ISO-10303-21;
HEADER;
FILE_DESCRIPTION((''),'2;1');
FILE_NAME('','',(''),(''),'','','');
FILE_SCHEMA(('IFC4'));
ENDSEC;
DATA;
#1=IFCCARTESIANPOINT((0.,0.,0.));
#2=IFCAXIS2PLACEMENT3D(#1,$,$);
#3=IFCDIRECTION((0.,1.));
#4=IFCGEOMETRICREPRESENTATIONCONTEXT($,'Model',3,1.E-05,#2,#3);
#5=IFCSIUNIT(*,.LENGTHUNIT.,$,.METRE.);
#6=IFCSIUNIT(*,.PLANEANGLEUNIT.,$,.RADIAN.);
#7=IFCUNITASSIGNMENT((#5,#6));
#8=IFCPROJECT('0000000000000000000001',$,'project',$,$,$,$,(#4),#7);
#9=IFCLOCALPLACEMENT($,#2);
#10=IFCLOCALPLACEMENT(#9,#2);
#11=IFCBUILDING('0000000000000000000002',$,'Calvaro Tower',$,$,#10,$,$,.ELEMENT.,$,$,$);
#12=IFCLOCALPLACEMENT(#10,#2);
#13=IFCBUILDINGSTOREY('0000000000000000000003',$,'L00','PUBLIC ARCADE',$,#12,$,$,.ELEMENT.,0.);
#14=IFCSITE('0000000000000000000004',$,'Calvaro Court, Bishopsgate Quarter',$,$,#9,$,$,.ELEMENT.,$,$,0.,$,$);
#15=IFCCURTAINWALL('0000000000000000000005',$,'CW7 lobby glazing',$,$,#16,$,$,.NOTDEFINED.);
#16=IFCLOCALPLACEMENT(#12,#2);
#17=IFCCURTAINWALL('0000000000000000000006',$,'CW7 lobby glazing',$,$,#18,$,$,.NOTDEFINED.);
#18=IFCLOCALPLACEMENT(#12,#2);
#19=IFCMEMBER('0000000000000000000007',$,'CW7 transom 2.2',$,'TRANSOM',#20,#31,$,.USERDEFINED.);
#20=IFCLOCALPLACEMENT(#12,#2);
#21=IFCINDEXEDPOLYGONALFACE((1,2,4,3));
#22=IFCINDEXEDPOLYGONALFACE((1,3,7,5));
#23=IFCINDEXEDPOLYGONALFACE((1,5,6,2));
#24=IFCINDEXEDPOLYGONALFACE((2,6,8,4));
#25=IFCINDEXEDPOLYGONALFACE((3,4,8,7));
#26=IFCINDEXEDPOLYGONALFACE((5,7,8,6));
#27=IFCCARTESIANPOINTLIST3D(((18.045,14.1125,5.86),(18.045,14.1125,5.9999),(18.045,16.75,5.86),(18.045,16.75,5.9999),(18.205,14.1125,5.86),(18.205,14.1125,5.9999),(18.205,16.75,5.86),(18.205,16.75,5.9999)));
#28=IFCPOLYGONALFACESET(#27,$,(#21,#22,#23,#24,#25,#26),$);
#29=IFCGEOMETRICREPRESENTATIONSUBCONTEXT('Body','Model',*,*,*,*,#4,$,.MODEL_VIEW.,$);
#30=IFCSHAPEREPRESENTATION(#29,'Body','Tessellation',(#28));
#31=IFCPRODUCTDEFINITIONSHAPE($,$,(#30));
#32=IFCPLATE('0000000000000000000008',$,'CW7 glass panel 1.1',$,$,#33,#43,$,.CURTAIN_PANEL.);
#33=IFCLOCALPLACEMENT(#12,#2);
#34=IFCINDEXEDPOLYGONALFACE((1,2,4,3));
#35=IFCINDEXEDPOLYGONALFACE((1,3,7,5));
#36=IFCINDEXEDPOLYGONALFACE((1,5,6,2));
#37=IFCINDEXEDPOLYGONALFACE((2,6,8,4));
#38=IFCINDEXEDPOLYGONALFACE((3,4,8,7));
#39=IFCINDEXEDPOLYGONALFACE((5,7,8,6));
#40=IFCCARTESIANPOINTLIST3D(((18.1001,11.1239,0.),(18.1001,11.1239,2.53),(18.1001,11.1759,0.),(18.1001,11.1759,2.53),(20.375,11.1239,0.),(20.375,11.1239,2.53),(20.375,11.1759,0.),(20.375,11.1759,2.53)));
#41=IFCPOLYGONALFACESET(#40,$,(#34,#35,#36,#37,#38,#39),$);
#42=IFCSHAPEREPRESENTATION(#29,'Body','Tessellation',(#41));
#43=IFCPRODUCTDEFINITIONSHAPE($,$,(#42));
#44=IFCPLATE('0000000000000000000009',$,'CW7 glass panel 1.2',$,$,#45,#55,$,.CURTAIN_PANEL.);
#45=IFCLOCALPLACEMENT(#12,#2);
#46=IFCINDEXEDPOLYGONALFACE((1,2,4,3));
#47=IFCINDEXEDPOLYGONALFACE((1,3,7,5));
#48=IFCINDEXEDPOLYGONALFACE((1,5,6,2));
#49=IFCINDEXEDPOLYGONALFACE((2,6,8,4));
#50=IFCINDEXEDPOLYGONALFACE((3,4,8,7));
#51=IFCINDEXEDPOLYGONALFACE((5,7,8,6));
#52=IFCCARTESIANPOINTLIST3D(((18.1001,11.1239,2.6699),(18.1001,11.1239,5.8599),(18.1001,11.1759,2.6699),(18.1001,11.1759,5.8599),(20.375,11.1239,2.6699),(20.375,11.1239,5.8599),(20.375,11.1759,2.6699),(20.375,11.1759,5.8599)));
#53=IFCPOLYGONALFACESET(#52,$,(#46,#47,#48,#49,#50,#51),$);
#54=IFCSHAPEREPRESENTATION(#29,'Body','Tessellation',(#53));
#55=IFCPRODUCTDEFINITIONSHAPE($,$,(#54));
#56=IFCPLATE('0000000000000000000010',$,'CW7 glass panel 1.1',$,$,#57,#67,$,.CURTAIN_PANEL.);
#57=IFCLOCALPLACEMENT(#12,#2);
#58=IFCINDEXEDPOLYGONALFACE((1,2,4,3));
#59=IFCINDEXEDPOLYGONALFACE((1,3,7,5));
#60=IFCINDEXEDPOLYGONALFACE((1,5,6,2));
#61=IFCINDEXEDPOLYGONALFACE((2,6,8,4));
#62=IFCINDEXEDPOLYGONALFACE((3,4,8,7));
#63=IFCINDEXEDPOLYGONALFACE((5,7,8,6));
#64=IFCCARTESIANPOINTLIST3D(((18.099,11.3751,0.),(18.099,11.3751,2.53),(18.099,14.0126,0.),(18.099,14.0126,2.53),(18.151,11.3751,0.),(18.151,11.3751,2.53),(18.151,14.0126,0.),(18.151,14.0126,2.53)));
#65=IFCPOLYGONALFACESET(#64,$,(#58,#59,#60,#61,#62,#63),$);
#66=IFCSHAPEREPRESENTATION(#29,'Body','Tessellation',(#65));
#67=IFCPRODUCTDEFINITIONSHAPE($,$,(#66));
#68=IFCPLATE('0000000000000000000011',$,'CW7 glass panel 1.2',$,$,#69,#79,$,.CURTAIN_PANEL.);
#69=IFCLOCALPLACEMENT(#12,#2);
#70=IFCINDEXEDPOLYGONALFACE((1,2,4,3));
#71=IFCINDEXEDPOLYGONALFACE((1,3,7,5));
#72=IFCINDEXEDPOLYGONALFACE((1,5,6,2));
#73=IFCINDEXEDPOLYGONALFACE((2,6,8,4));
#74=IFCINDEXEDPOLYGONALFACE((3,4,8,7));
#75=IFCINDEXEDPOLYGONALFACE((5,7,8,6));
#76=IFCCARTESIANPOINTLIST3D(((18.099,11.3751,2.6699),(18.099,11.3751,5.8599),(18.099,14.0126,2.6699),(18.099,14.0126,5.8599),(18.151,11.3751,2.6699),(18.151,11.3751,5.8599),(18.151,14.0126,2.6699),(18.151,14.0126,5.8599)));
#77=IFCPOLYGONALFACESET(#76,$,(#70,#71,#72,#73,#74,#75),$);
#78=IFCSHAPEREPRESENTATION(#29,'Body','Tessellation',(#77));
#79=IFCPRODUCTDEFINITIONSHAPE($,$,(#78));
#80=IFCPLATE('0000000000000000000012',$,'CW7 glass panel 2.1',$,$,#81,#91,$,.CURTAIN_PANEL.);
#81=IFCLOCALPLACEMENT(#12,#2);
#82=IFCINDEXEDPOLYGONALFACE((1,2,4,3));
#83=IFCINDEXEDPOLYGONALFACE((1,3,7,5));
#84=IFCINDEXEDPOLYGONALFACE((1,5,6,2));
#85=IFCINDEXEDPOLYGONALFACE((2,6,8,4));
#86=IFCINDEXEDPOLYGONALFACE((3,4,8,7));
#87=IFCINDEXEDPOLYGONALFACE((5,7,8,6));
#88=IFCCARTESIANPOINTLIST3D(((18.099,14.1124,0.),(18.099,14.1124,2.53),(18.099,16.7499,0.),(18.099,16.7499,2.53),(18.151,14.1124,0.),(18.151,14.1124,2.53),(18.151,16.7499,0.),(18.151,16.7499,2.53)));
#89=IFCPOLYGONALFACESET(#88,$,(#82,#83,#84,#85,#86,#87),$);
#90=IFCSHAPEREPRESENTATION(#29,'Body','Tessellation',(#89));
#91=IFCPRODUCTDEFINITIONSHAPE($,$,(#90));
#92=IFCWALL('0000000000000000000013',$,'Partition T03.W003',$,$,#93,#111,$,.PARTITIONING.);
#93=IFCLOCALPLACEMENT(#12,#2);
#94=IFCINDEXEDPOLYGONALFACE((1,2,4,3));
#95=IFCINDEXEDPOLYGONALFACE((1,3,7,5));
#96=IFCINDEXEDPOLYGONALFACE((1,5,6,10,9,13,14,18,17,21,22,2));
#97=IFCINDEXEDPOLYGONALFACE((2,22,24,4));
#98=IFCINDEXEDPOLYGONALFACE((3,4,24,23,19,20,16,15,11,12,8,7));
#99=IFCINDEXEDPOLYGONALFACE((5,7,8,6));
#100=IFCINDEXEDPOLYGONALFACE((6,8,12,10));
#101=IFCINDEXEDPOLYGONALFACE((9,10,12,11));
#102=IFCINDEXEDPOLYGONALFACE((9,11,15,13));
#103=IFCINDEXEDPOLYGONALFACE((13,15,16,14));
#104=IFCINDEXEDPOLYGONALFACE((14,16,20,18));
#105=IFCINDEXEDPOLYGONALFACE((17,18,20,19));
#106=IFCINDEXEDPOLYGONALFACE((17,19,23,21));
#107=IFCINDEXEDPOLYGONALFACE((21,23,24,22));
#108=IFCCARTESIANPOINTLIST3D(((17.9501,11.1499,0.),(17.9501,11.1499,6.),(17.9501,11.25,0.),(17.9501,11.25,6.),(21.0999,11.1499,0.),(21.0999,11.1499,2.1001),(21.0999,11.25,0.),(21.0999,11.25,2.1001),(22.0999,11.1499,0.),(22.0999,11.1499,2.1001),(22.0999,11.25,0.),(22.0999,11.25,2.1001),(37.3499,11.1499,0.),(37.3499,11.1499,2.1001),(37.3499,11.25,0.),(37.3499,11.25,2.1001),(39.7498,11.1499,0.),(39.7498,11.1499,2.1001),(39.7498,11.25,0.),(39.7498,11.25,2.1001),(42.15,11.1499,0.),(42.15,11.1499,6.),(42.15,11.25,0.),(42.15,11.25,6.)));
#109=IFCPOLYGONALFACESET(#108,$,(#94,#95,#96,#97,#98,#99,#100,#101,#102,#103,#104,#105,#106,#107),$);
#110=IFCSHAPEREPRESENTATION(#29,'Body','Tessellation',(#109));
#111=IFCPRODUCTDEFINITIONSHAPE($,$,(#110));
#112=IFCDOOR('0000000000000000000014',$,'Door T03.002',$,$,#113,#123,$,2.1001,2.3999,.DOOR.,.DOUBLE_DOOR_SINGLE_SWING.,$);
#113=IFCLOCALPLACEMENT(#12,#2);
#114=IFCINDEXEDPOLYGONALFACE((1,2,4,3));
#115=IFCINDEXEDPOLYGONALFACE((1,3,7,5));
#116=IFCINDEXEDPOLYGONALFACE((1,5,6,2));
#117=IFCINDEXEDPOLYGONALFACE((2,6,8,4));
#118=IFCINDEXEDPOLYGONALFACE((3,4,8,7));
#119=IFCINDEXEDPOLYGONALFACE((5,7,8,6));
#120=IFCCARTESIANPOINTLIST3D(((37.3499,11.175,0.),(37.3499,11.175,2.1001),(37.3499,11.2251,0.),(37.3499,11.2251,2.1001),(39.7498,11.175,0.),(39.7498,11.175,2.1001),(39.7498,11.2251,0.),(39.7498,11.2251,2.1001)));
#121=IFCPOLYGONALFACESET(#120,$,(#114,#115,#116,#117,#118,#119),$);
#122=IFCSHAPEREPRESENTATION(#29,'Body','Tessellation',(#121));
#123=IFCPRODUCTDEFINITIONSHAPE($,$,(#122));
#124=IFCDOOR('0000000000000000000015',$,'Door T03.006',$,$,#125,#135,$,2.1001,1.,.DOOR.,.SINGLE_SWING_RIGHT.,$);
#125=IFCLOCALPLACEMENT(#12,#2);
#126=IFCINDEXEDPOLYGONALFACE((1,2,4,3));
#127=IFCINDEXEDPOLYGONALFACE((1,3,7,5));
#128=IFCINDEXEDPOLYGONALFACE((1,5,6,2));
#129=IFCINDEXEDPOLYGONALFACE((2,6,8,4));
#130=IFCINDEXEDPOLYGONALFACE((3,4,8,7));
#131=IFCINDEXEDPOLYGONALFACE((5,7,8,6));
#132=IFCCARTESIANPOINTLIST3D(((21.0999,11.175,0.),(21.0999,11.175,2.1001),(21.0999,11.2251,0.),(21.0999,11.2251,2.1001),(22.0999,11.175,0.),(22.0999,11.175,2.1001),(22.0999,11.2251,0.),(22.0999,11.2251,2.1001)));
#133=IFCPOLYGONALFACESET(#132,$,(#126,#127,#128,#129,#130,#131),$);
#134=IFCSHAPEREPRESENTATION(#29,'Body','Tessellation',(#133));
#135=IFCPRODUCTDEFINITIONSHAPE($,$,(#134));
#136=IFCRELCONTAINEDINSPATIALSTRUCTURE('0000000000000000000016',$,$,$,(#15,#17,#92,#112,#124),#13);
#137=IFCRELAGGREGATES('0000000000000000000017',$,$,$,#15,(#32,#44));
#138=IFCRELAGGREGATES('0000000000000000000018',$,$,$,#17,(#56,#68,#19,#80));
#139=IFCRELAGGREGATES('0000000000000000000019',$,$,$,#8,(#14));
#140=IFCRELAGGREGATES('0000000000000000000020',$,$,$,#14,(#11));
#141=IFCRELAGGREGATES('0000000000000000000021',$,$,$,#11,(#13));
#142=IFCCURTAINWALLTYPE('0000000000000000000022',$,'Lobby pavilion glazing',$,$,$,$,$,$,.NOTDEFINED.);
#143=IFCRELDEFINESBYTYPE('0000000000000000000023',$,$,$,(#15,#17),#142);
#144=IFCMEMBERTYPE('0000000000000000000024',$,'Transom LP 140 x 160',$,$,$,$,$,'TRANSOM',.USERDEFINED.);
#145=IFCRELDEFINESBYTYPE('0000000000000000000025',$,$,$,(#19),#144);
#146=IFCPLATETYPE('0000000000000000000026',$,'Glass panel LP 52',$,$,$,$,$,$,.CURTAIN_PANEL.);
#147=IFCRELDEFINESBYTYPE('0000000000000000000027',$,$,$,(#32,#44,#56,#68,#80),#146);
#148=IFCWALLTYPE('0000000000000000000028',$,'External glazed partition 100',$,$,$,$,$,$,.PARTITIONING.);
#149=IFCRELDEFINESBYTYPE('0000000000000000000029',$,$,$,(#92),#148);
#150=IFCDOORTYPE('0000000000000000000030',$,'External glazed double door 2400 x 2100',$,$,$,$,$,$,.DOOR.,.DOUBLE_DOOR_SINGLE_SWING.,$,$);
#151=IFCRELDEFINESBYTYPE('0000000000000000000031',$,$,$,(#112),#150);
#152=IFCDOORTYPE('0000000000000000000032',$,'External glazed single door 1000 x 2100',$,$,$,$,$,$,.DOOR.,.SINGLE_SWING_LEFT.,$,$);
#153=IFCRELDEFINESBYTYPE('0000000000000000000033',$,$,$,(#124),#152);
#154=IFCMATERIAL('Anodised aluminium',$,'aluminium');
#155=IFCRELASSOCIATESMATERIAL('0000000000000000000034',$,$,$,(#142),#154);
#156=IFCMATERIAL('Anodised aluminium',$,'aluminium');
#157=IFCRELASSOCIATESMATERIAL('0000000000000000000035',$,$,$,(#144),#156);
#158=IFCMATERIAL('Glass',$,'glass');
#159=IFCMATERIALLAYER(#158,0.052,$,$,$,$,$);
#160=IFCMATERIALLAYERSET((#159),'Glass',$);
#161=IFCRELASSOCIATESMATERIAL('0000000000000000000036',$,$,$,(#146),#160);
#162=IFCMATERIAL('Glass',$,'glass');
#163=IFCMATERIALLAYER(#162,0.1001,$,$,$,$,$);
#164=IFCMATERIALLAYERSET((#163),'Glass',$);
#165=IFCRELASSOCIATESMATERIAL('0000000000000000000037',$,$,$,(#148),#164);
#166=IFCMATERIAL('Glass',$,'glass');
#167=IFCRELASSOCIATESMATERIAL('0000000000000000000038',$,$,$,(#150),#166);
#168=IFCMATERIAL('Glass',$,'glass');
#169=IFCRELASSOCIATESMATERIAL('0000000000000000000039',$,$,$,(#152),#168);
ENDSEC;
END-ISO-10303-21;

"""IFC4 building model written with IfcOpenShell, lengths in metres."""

from ifc_helpers import new_model, si_unit, direction, frame, frame_2d, origin, origin_2d, place, context, subcontext, project, spatial, rectangle, extrude, material, layer, layer_set, material_profile, profile_set, type_object, element, fill, aggregate, save


model = new_model("IFC4")

# Units and contexts
model_context = context("Model", 3, precision=1e-05, world=origin(), true_north=direction((0.0, 1.0)))
body_context = subcontext(model_context, "Body", "Model", "MODEL_VIEW")
ifc_project = project(units=[si_unit("LENGTHUNIT", "METRE"), si_unit("PLANEANGLEUNIT", "RADIAN")], contexts=[model_context])

# Site, building, storey
site_placement = place(None, origin())
site = spatial("IfcSite", under=ifc_project, at=site_placement, Name="Calvaro Court, Bishopsgate Quarter", CompositionType="ELEMENT", RefElevation=0.0)
building_placement = place(site_placement, origin())
building = spatial("IfcBuilding", under=site, at=building_placement, Name="Calvaro Tower", CompositionType="ELEMENT")
storey_placement = place(building_placement, origin())
storey = spatial("IfcBuildingStorey", under=building, at=storey_placement, Name="L00", Description="PUBLIC ARCADE", CompositionType="ELEMENT", Elevation=0.0)

# Curtain walls
ifc_material_1 = material(Name="Anodised aluminium", Category="aluminium")
curtain_wall_type = type_object("IfcCurtainWallType", Name="Lobby pavilion glazing", PredefinedType="NOTDEFINED", material=ifc_material_1)
curtain_wall_1_placement = place(storey_placement, origin())
curtain_wall_1 = element("IfcCurtainWall", 1, at=curtain_wall_1_placement, inside=storey, type_object=curtain_wall_type, Name="CW7 lobby glazing", PredefinedType="NOTDEFINED")
curtain_wall_2_placement = place(storey_placement, origin())
curtain_wall_2 = element("IfcCurtainWall", 2, at=curtain_wall_2_placement, inside=storey, type_object=curtain_wall_type, Name="CW7 lobby glazing", PredefinedType="NOTDEFINED")

# Member
ifc_material_2 = material(Name="Anodised aluminium", Category="aluminium")
ifc_material_profile_1 = material_profile(ifc_material_2, rectangle(XDim=0.1599, YDim=0.1399, at=origin_2d()), Name="Transom LP 140 x 160")
ifc_profile_set_1 = profile_set([ifc_material_profile_1], Name="Anodised aluminium")
member_type_1 = type_object("IfcMemberType", Name="Transom LP 140 x 160", ElementType="TRANSOM", PredefinedType="USERDEFINED", material=ifc_profile_set_1)
member_1_placement = place(storey_placement, frame((18.125, 14.1125, 5.9299), z_axis=(0.0, 1.0, 0.0), x_axis=(-1.0, 0.0, 0.0)))
member_1 = element("IfcMember", 3, at=member_1_placement, type_object=member_type_1, Name="CW7 transom 2.2", ObjectType="TRANSOM", PredefinedType="USERDEFINED", context=body_context, shape_type="SweptSolid", body=[
    extrude(rectangle(XDim=0.1599, YDim=0.1399, at=origin_2d()), origin(), (0.0, 0.0, 1.0), 2.6375),
])

# Plates
ifc_material_3 = material(Name="Glass", Category="glass")
ifc_layer_1 = layer(ifc_material_3, 0.052)
ifc_layer_set_1 = layer_set([ifc_layer_1], Name="Glass")
plate_type = type_object("IfcPlateType", Name="Glass panel LP 52", PredefinedType="CURTAIN_PANEL", material=ifc_layer_set_1)
plate_1_placement = place(storey_placement, frame((19.2375, 11.1499, 0.0), z_axis=(0.0, 0.0, 1.0), x_axis=(1.0, 0.0, 0.0)))
plate_1 = element("IfcPlate", 4, at=plate_1_placement, type_object=plate_type, Name="CW7 glass panel 1.1", PredefinedType="CURTAIN_PANEL", context=body_context, shape_type="SweptSolid", body=[
    extrude(rectangle(XDim=2.2749, YDim=0.052, at=origin_2d()), origin(), (0.0, 0.0, 1.0), 2.53),
])
plate_2_placement = place(storey_placement, frame((19.2375, 11.1499, 2.6699), z_axis=(0.0, 0.0, 1.0), x_axis=(1.0, 0.0, 0.0)))
plate_2 = element("IfcPlate", 5, at=plate_2_placement, type_object=plate_type, Name="CW7 glass panel 1.2", PredefinedType="CURTAIN_PANEL", context=body_context, shape_type="SweptSolid", body=[
    extrude(rectangle(XDim=2.2749, YDim=0.052, at=origin_2d()), origin(), (0.0, 0.0, 1.0), 3.1899),
])
aggregate(curtain_wall_1, [plate_1, plate_2])
plate_3_placement = place(storey_placement, frame((18.125, 12.6938, 0.0), z_axis=(0.0, 0.0, 1.0), x_axis=(0.0, 1.0, 0.0)))
plate_3 = element("IfcPlate", 6, at=plate_3_placement, type_object=plate_type, Name="CW7 glass panel 1.1", PredefinedType="CURTAIN_PANEL", context=body_context, shape_type="SweptSolid", body=[
    extrude(rectangle(XDim=2.6375, YDim=0.052, at=origin_2d()), origin(), (0.0, 0.0, 1.0), 2.53),
])
plate_4_placement = place(storey_placement, frame((18.125, 12.6938, 2.6699), z_axis=(0.0, 0.0, 1.0), x_axis=(0.0, 1.0, 0.0)))
plate_4 = element("IfcPlate", 7, at=plate_4_placement, type_object=plate_type, Name="CW7 glass panel 1.2", PredefinedType="CURTAIN_PANEL", context=body_context, shape_type="SweptSolid", body=[
    extrude(rectangle(XDim=2.6375, YDim=0.052, at=origin_2d()), origin(), (0.0, 0.0, 1.0), 3.1899),
])
plate_5_placement = place(storey_placement, frame((18.125, 15.4312, 0.0), z_axis=(0.0, 0.0, 1.0), x_axis=(0.0, 1.0, 0.0)))
plate_5 = element("IfcPlate", 8, at=plate_5_placement, type_object=plate_type, Name="CW7 glass panel 2.1", PredefinedType="CURTAIN_PANEL", context=body_context, shape_type="SweptSolid", body=[
    extrude(rectangle(XDim=2.6375, YDim=0.052, at=origin_2d()), origin(), (0.0, 0.0, 1.0), 2.53),
])
aggregate(curtain_wall_2, [plate_3, plate_4, member_1, plate_5])

# Wall, openings, doors
ifc_material_4 = material(Name="Glass", Category="glass")
ifc_layer_2 = layer(ifc_material_4, 0.1001)
ifc_layer_set_2 = layer_set([ifc_layer_2], Name="Glass")
wall_type_1 = type_object("IfcWallType", Name="External glazed partition 100", PredefinedType="PARTITIONING", material=ifc_layer_set_2)
wall_1_placement = place(storey_placement, frame((17.95, 11.2, 0.0), z_axis=(0.0, 0.0, 1.0), x_axis=(1.0, 0.0, 0.0)))
wall_1 = element("IfcWall", 9, at=wall_1_placement, inside=storey, type_object=wall_type_1, Name="Partition T03.W003", PredefinedType="PARTITIONING", context=body_context, shape_type="SweptSolid", body=[
    extrude(rectangle(XDim=24.2, YDim=0.1001, at=frame_2d((12.1001, 0.0))), origin(), (0.0, 0.0, 1.0), 6.0),
])
opening_1_placement = place(wall_1_placement, frame((19.3999, 0.0, 0.0)))
opening_1 = element("IfcOpeningElement", 10, at=opening_1_placement, cuts=wall_1, PredefinedType="OPENING", context=body_context, shape_type="SweptSolid", body=[
    extrude(rectangle(XDim=2.3999, YDim=2.1001, at=frame_2d((1.2, 1.05))), frame((0.0, 0.0601, 0.0), z_axis=(0.0, -1.0, 0.0), x_axis=(1.0, 0.0, 0.0)), (0.0, 0.0, 1.0), 0.1201),
])
opening_2_placement = place(wall_1_placement, frame((3.1499, 0.0, 0.0)))
opening_2 = element("IfcOpeningElement", 11, at=opening_2_placement, cuts=wall_1, PredefinedType="OPENING", context=body_context, shape_type="SweptSolid", body=[
    extrude(rectangle(XDim=1.0, YDim=2.1001, at=frame_2d((0.5, 1.05))), frame((0.0, 0.0601, 0.0), z_axis=(0.0, -1.0, 0.0), x_axis=(1.0, 0.0, 0.0)), (0.0, 0.0, 1.0), 0.1201),
])
ifc_material_5 = material(Name="Glass", Category="glass")
door_type_1 = type_object("IfcDoorType", Name="External glazed double door 2400 x 2100", OperationType="DOUBLE_DOOR_SINGLE_SWING", PredefinedType="DOOR", material=ifc_material_5)
door_1_placement = place(opening_1_placement, frame((2.3999, 0.0, 0.0), z_axis=(0.0, 0.0, 1.0), x_axis=(-1.0, 0.0, 0.0)))
door_1 = element("IfcDoor", 12, at=door_1_placement, inside=storey, type_object=door_type_1, Name="Door T03.002", OperationType="DOUBLE_DOOR_SINGLE_SWING", OverallHeight=2.1001, OverallWidth=2.3999, PredefinedType="DOOR", context=body_context, shape_type="SweptSolid", body=[
    extrude(rectangle(XDim=2.3999, YDim=2.1001, at=frame_2d((1.2, 1.05))), frame((0.0, 0.0249, 0.0), z_axis=(0.0, -1.0, 0.0), x_axis=(1.0, 0.0, 0.0)), (0.0, 0.0, 1.0), 0.05),
])
fill(opening_1, door_1)
ifc_material_6 = material(Name="Glass", Category="glass")
door_type_2 = type_object("IfcDoorType", Name="External glazed single door 1000 x 2100", OperationType="SINGLE_SWING_LEFT", PredefinedType="DOOR", material=ifc_material_6)
door_2_placement = place(opening_2_placement, frame((1.0, 0.0, 0.0), z_axis=(0.0, 0.0, 1.0), x_axis=(-1.0, 0.0, 0.0)))
door_2 = element("IfcDoor", 13, at=door_2_placement, inside=storey, type_object=door_type_2, Name="Door T03.006", OperationType="SINGLE_SWING_RIGHT", OverallHeight=2.1001, OverallWidth=1.0, PredefinedType="DOOR", context=body_context, shape_type="SweptSolid", body=[
    extrude(rectangle(XDim=1.0, YDim=2.1001, at=frame_2d((0.5, 1.05))), frame((0.0, 0.0249, 0.0), z_axis=(0.0, -1.0, 0.0), x_axis=(1.0, 0.0, 0.0)), (0.0, 0.0, 1.0), 0.05),
])
fill(opening_2, door_2)

save(model, "model.ifc")
